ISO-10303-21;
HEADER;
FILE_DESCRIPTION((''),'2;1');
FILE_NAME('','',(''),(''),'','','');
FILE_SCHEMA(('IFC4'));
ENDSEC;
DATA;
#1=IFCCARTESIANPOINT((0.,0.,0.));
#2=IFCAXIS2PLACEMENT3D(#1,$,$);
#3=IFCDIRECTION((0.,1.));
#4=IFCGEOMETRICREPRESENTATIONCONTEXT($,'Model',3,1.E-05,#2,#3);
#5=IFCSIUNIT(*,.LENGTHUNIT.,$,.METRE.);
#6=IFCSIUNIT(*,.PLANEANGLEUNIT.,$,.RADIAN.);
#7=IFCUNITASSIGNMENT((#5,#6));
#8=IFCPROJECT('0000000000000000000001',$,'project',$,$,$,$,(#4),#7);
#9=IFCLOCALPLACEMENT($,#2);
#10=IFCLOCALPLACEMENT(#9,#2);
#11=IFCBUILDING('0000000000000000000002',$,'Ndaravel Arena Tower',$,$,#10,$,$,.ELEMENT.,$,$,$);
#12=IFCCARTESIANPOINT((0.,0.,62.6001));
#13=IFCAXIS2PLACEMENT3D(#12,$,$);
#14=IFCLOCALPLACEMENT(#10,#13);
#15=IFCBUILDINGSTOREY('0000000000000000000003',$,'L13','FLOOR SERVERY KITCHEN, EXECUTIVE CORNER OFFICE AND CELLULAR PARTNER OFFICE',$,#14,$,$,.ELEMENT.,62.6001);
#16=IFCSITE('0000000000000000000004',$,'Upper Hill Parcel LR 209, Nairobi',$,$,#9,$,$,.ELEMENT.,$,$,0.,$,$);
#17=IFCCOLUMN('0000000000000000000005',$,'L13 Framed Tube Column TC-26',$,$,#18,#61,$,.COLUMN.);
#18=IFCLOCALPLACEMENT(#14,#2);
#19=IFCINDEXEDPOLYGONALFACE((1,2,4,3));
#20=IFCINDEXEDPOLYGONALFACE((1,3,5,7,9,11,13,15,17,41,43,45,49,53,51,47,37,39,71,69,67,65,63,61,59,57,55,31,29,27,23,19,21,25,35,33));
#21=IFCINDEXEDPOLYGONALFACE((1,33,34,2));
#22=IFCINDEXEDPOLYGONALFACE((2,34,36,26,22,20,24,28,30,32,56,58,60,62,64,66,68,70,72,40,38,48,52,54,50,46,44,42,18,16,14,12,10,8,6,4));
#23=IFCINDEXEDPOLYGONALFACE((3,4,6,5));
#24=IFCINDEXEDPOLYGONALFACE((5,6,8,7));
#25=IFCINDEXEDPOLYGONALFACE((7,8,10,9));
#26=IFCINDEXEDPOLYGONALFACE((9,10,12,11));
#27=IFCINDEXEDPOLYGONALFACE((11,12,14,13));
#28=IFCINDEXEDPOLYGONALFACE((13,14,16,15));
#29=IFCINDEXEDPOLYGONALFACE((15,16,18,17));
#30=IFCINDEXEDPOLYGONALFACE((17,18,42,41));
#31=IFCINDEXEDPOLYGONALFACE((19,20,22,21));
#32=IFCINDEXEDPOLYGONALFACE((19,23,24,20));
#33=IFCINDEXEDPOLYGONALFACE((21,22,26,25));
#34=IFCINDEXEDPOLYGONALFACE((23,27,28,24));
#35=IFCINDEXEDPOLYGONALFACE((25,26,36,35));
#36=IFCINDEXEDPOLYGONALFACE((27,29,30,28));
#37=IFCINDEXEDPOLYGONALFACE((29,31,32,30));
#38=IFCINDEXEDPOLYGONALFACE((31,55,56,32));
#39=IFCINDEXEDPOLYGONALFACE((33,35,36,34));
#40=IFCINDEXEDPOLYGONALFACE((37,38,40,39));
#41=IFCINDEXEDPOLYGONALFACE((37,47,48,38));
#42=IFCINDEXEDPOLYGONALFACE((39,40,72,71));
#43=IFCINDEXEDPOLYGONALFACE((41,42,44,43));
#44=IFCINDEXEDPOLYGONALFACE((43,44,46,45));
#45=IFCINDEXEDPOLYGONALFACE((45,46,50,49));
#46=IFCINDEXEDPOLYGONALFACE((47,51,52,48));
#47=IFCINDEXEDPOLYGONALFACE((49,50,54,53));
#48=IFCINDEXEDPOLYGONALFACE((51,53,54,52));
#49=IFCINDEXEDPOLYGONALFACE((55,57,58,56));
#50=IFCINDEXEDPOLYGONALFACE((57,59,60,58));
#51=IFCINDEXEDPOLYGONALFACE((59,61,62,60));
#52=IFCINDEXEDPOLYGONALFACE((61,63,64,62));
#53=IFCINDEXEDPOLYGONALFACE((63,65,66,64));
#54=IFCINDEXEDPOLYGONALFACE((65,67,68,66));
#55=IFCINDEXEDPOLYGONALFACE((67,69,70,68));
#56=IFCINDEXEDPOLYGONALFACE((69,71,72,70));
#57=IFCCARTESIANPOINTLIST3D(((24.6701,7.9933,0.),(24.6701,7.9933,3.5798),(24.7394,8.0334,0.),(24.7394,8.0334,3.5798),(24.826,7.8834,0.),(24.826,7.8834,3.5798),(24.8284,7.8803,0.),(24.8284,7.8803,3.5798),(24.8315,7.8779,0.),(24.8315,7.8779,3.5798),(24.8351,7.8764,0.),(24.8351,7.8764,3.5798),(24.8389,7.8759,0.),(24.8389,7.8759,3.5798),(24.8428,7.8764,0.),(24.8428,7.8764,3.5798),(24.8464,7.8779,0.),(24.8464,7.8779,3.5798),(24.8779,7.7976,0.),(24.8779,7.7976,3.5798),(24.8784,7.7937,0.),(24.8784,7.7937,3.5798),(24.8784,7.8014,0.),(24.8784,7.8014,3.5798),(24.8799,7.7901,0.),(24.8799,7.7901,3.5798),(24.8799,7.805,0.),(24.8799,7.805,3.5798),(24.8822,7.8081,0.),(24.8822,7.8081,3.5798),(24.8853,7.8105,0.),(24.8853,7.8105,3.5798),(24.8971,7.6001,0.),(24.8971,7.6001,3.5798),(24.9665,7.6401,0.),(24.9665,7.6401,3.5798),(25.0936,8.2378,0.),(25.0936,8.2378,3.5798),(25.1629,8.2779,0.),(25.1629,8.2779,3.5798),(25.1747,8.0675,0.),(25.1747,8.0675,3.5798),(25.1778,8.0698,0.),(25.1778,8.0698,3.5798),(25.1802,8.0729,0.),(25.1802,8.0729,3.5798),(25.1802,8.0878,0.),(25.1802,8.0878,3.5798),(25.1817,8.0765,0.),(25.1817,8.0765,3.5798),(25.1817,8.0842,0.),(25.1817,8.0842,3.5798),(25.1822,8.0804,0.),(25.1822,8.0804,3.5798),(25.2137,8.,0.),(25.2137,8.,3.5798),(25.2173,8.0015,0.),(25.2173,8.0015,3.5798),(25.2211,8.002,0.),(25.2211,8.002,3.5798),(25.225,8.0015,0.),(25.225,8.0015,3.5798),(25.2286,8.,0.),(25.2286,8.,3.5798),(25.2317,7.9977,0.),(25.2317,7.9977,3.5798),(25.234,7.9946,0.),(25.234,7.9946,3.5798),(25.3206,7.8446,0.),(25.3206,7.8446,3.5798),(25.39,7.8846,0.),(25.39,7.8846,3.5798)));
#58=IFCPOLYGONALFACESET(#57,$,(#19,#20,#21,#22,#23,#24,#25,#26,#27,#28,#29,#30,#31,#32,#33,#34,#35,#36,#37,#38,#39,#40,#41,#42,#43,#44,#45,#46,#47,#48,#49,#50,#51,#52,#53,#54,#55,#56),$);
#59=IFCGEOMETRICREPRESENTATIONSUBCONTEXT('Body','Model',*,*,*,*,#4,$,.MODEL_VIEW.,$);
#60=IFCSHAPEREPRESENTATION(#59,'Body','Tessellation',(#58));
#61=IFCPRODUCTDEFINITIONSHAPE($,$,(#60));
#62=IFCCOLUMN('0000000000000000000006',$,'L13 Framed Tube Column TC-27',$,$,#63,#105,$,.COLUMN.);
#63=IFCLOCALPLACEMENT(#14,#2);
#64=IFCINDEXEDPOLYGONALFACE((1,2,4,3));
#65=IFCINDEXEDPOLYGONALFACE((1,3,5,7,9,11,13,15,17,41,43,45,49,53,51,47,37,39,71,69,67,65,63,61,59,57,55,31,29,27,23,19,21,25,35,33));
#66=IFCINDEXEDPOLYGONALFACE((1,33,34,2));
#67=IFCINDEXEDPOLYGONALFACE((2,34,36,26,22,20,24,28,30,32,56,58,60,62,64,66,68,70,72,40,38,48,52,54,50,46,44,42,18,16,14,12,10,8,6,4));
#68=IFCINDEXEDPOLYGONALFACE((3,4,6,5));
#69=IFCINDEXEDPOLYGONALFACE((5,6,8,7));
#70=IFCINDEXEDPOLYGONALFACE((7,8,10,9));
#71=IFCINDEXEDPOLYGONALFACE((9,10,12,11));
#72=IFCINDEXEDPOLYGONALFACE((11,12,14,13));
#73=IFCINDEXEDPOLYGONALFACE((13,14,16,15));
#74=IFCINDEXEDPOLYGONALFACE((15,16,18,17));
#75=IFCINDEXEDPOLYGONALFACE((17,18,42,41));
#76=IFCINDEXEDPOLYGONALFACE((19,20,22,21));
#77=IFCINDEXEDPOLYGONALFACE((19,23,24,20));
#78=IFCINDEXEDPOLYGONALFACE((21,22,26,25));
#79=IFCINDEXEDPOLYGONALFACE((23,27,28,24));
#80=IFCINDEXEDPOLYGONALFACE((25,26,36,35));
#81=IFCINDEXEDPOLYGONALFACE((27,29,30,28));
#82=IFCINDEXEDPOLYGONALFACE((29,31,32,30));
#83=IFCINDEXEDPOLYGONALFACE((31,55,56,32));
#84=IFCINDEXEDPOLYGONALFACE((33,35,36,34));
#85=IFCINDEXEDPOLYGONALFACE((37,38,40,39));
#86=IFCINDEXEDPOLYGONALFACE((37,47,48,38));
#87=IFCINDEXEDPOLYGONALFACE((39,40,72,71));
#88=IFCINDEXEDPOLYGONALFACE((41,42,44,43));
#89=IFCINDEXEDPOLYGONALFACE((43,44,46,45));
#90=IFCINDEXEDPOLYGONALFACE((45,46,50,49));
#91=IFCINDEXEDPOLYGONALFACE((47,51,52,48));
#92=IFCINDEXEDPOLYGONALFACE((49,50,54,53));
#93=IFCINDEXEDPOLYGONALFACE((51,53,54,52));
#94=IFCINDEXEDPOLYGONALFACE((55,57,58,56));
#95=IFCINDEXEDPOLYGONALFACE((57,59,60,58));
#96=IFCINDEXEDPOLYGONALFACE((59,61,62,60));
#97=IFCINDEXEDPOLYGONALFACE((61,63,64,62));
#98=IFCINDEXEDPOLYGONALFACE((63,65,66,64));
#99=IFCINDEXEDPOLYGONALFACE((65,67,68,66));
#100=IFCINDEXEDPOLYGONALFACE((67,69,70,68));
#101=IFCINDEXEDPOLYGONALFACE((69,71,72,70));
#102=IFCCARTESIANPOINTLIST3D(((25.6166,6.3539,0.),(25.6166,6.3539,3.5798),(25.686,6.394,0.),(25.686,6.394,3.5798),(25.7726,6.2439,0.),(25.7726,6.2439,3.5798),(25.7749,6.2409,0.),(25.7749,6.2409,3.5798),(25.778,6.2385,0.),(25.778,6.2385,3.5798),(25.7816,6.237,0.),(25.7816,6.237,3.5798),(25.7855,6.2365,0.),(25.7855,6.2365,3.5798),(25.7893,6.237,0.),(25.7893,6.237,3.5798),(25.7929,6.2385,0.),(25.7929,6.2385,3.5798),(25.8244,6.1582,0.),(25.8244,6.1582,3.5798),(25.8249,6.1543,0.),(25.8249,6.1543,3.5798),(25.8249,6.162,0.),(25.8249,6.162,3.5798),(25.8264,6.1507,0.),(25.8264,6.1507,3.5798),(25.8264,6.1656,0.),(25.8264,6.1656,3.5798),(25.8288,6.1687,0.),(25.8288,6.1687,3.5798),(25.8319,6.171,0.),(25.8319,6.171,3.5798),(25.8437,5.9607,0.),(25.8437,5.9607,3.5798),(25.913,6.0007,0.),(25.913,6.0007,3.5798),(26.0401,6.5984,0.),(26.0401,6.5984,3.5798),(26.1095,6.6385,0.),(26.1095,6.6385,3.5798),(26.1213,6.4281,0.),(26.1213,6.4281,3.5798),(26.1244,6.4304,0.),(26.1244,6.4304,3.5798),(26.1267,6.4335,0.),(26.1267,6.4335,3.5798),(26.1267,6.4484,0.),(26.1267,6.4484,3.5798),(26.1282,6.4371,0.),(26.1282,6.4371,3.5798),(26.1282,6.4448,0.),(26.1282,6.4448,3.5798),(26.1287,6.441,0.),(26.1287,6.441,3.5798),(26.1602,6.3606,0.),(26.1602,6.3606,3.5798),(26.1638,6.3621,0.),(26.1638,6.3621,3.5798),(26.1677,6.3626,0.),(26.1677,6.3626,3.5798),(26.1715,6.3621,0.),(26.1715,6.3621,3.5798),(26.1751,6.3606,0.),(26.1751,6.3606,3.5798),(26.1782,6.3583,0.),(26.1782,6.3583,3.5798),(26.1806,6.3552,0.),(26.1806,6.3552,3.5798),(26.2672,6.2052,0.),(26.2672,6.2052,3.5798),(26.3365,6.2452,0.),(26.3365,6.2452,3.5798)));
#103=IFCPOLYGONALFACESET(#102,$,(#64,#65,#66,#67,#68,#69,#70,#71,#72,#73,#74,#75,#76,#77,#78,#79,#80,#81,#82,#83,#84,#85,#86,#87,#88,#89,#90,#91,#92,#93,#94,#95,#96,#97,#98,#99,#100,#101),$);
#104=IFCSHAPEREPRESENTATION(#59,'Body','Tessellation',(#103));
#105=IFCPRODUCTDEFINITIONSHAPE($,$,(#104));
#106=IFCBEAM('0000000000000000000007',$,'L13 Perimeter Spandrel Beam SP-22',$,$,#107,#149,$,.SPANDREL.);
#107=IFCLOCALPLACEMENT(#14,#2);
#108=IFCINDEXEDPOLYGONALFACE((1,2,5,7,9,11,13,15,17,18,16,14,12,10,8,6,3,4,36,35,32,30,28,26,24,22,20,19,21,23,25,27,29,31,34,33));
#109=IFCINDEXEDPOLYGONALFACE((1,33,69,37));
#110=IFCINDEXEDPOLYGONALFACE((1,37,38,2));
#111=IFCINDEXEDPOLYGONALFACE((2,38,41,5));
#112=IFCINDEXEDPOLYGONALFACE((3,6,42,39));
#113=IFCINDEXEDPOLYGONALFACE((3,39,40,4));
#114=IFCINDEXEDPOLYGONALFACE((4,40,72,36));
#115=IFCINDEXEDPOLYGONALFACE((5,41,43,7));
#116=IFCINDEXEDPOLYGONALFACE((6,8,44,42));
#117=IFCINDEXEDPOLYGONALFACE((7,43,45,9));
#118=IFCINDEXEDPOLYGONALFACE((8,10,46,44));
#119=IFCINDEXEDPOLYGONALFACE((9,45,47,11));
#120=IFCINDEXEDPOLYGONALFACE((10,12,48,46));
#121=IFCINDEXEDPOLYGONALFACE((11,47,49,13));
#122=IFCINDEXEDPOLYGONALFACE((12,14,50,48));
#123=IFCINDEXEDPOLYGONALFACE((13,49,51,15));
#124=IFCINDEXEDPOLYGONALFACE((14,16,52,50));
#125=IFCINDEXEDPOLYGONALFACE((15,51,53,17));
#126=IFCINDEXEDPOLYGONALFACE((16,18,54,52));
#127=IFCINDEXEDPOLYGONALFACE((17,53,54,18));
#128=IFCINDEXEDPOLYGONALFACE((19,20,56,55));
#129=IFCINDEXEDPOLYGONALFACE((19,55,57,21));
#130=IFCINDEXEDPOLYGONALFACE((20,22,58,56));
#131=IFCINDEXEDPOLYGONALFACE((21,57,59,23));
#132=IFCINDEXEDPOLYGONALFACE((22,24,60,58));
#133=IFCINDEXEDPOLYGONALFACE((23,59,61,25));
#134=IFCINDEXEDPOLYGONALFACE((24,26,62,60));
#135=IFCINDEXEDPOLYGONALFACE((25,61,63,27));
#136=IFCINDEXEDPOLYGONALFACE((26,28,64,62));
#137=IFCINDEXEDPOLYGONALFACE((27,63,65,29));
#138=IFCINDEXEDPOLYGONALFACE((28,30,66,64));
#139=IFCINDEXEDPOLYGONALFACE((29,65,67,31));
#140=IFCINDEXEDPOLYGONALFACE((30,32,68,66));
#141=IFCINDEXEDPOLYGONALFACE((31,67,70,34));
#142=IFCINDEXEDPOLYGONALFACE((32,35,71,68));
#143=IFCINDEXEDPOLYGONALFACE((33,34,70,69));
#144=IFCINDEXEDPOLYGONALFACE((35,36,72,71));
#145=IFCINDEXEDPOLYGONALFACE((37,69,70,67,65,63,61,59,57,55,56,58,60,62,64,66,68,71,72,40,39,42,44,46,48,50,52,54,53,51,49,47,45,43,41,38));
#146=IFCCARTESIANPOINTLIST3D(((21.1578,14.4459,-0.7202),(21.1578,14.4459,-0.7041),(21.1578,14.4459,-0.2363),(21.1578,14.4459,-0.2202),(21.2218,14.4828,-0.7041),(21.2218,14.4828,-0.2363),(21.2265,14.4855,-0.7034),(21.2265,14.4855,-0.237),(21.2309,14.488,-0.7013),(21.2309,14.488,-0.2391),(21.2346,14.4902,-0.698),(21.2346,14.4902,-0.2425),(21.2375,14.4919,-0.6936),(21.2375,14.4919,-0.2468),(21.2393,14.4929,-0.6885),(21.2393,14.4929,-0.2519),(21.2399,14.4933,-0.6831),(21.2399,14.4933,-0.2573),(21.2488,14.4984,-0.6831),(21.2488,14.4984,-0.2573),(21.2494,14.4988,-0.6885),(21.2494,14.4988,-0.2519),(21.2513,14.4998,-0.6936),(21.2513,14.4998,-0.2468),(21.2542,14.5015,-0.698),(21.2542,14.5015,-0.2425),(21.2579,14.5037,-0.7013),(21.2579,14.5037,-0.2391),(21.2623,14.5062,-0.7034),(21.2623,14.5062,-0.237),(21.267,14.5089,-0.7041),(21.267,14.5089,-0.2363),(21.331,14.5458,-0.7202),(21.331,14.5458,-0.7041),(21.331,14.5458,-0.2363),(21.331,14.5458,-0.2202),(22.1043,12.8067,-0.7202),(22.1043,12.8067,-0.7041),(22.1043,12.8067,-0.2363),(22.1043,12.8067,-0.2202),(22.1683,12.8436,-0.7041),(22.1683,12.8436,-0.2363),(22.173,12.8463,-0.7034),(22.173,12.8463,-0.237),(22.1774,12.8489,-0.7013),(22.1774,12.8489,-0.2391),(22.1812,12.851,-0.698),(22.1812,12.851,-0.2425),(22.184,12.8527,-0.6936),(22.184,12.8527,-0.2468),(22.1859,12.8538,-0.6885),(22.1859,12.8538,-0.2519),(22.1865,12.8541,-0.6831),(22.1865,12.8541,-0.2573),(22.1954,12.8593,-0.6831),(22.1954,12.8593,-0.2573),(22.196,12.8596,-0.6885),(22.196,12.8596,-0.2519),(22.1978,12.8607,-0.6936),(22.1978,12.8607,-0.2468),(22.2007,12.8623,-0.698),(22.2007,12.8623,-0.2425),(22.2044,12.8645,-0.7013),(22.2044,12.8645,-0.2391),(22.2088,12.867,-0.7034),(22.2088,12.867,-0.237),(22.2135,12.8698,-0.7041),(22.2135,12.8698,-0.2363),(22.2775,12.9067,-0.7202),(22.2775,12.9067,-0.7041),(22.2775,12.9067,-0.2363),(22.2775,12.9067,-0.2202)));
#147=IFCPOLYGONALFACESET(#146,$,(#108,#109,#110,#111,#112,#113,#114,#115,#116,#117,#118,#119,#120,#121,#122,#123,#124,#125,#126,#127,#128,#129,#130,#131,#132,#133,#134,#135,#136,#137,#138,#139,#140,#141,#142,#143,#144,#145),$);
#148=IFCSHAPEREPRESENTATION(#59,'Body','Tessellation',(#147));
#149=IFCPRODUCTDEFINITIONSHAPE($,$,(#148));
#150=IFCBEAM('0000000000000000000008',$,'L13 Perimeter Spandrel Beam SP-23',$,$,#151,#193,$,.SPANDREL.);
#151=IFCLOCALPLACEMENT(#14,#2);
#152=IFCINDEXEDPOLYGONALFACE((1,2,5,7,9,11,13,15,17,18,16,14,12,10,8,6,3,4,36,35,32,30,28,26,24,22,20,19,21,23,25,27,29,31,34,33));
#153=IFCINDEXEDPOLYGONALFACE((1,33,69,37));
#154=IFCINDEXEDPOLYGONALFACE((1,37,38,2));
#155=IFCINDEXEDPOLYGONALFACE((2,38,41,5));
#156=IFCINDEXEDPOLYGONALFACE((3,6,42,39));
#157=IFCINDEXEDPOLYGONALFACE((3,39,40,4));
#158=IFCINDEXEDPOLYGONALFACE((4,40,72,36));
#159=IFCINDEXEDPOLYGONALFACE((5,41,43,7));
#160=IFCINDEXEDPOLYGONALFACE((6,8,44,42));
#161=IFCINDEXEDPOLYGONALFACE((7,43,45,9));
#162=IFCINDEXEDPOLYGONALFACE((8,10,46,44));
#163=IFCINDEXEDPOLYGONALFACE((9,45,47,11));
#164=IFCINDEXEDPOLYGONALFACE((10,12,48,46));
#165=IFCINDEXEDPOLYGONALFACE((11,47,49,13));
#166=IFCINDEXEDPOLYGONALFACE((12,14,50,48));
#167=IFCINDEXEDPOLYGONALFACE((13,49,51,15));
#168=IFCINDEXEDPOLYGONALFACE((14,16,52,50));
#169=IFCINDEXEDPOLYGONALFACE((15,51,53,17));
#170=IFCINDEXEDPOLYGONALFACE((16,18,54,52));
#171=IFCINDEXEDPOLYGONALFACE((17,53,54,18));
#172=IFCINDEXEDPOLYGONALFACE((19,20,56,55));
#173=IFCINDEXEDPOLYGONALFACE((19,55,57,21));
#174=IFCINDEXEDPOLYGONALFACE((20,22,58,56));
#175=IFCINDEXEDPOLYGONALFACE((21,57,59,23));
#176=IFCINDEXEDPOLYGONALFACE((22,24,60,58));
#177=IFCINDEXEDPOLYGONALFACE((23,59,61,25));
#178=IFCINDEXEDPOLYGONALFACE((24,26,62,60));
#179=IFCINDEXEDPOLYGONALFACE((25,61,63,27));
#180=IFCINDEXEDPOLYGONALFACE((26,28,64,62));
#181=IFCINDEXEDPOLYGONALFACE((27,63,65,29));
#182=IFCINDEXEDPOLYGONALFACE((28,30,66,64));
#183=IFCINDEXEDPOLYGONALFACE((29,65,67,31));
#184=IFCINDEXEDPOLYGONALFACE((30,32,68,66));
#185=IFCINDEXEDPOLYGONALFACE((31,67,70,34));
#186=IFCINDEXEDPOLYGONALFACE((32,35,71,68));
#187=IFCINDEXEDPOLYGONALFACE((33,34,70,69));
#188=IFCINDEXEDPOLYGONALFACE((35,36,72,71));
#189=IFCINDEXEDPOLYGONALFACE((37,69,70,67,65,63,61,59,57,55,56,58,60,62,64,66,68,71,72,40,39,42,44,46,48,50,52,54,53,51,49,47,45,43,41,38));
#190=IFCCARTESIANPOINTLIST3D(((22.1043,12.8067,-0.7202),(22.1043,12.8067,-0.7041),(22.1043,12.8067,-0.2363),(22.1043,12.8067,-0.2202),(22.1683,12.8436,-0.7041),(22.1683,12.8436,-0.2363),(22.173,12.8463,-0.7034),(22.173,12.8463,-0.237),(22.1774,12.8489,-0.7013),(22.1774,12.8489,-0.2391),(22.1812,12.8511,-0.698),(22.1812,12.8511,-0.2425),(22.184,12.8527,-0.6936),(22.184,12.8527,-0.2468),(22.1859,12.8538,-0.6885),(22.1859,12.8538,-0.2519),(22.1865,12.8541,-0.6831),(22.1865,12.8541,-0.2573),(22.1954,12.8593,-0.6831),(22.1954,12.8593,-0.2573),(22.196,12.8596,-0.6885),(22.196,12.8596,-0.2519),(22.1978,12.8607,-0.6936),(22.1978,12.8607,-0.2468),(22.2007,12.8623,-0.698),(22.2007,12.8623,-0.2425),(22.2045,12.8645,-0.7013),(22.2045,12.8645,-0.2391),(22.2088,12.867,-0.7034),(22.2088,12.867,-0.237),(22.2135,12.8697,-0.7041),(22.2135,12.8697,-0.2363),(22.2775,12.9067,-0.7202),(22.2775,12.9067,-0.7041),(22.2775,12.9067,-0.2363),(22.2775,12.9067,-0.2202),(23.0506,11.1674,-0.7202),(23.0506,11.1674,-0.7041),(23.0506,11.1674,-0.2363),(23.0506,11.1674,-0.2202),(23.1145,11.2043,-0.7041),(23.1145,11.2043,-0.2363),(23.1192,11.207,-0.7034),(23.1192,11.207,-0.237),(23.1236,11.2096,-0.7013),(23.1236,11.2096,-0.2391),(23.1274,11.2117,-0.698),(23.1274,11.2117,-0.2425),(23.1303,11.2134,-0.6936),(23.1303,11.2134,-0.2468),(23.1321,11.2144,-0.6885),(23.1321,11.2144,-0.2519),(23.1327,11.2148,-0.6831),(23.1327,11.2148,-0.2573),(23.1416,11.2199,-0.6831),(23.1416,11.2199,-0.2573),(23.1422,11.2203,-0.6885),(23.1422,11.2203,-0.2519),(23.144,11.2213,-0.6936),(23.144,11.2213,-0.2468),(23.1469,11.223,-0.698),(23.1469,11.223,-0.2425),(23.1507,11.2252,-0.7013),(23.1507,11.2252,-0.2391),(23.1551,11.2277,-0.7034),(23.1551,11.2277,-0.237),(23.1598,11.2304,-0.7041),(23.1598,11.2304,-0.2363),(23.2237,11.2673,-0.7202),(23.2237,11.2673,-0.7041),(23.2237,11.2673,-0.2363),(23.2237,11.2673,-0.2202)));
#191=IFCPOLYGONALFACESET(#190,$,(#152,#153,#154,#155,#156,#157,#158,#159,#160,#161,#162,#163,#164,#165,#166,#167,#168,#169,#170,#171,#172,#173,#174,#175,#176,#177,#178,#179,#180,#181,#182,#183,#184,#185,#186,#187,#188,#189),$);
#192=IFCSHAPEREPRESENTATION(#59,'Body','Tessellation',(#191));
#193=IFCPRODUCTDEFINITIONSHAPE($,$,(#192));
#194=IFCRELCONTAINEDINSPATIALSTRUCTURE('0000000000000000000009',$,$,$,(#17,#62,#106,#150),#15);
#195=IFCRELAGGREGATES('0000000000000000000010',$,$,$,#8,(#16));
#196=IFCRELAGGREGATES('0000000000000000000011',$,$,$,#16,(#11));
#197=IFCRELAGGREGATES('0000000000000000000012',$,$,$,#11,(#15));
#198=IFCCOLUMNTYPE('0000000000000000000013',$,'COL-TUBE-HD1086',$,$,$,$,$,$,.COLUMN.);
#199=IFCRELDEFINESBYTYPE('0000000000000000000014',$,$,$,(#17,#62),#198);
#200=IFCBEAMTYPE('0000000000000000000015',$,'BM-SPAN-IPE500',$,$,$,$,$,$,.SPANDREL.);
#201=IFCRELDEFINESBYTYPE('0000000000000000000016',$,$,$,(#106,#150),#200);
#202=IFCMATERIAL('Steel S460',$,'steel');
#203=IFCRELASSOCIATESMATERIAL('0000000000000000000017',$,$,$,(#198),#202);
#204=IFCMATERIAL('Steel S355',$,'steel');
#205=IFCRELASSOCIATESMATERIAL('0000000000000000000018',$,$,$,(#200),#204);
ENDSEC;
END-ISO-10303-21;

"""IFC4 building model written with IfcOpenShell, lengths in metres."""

from ifc_helpers import new_model, si_unit, direction, frame, origin, origin_2d, place, context, subcontext, project, spatial, i_section, extrude, material, material_profile, profile_set, type_object, element, save


model = new_model("IFC4")

# Units and contexts
model_context = context("Model", 3, precision=1e-05, world=origin(), true_north=direction((0.0, 1.0)))
body_context = subcontext(model_context, "Body", "Model", "MODEL_VIEW")
ifc_project = project(units=[si_unit("LENGTHUNIT", "METRE"), si_unit("PLANEANGLEUNIT", "RADIAN")], contexts=[model_context])

# Site, building, storey
site_placement = place(None, origin())
site = spatial("IfcSite", under=ifc_project, at=site_placement, Name="Upper Hill Parcel LR 209, Nairobi", CompositionType="ELEMENT", RefElevation=0.0)
building_placement = place(site_placement, origin())
building = spatial("IfcBuilding", under=site, at=building_placement, Name="Ndaravel Arena Tower", CompositionType="ELEMENT")
storey_placement = place(building_placement, frame((0.0, 0.0, 62.6001)))
storey = spatial("IfcBuildingStorey", under=building, at=storey_placement, Name="L13", Description="FLOOR SERVERY KITCHEN, EXECUTIVE CORNER OFFICE AND CELLULAR PARTNER OFFICE", CompositionType="ELEMENT", Elevation=62.6001)

# Columns
ifc_material_1 = material(Name="Steel S460", Category="steel")
ifc_material_profile_1 = material_profile(ifc_material_1, i_section(OverallWidth=0.4541, OverallDepth=0.5691, WebThickness=0.0779, FlangeThickness=0.0801, FilletRadius=0.0149, at=origin_2d()), Name="HD 400x1086")
ifc_profile_set_1 = profile_set([ifc_material_profile_1], Name="Steel S460")
column_type = type_object("IfcColumnType", Name="COL-TUBE-HD1086", PredefinedType="COLUMN", material=ifc_profile_set_1)
for number, where, z_axis, x_axis, name in (
    (1, (25.03, 7.939, 0.0), (0.0, 0.0, 1.0), (-0.5, 0.866025, 0.0), "L13 Framed Tube Column TC-26"),
    (2, (25.9766, 6.2996, 0.0), (0.0, 0.0, 1.0), (-0.5, 0.866025, 0.0), "L13 Framed Tube Column TC-27"),
):
    element("IfcColumn", number, at=place(storey_placement, frame(where, z_axis=z_axis, x_axis=x_axis)), inside=storey, type_object=column_type, Name=name, PredefinedType="COLUMN", context=body_context, shape_type="SweptSolid", body=[
        extrude(i_section(OverallWidth=0.4541, OverallDepth=0.5691, WebThickness=0.0779, FlangeThickness=0.0801, FilletRadius=0.0149, at=origin_2d()), origin(), (0.0, 0.0, 1.0), 3.5798),
    ])

# Beams
ifc_material_2 = material(Name="Steel S355", Category="steel")
ifc_material_profile_2 = material_profile(ifc_material_2, i_section(OverallWidth=0.2, OverallDepth=0.5, WebThickness=0.0103, FlangeThickness=0.0161, FilletRadius=0.021, at=origin_2d()), Name="IPE 500")
ifc_profile_set_2 = profile_set([ifc_material_profile_2], Name="Steel S355")
beam_type = type_object("IfcBeamType", Name="BM-SPAN-IPE500", PredefinedType="SPANDREL", material=ifc_profile_set_2)
for number, where, z_axis, x_axis, name in (
    (3, (21.2444, 14.4958, -0.4702), (0.500065, -0.865988, 0.0), (0.865988, 0.500065, 0.0), "L13 Perimeter Spandrel Beam SP-22"),
    (4, (22.1909, 12.8567, -0.4702), (0.499912, -0.866076, 0.0), (0.866076, 0.499912, 0.0), "L13 Perimeter Spandrel Beam SP-23"),
):
    element("IfcBeam", number, at=place(storey_placement, frame(where, z_axis=z_axis, x_axis=x_axis)), inside=storey, type_object=beam_type, Name=name, PredefinedType="SPANDREL", context=body_context, shape_type="SweptSolid", body=[
        extrude(i_section(OverallWidth=0.2, OverallDepth=0.5, WebThickness=0.0103, FlangeThickness=0.0161, FilletRadius=0.021, at=origin_2d()), origin(), (0.0, 0.0, 1.0), 1.8928),
    ])

save(model, "model.ifc")
